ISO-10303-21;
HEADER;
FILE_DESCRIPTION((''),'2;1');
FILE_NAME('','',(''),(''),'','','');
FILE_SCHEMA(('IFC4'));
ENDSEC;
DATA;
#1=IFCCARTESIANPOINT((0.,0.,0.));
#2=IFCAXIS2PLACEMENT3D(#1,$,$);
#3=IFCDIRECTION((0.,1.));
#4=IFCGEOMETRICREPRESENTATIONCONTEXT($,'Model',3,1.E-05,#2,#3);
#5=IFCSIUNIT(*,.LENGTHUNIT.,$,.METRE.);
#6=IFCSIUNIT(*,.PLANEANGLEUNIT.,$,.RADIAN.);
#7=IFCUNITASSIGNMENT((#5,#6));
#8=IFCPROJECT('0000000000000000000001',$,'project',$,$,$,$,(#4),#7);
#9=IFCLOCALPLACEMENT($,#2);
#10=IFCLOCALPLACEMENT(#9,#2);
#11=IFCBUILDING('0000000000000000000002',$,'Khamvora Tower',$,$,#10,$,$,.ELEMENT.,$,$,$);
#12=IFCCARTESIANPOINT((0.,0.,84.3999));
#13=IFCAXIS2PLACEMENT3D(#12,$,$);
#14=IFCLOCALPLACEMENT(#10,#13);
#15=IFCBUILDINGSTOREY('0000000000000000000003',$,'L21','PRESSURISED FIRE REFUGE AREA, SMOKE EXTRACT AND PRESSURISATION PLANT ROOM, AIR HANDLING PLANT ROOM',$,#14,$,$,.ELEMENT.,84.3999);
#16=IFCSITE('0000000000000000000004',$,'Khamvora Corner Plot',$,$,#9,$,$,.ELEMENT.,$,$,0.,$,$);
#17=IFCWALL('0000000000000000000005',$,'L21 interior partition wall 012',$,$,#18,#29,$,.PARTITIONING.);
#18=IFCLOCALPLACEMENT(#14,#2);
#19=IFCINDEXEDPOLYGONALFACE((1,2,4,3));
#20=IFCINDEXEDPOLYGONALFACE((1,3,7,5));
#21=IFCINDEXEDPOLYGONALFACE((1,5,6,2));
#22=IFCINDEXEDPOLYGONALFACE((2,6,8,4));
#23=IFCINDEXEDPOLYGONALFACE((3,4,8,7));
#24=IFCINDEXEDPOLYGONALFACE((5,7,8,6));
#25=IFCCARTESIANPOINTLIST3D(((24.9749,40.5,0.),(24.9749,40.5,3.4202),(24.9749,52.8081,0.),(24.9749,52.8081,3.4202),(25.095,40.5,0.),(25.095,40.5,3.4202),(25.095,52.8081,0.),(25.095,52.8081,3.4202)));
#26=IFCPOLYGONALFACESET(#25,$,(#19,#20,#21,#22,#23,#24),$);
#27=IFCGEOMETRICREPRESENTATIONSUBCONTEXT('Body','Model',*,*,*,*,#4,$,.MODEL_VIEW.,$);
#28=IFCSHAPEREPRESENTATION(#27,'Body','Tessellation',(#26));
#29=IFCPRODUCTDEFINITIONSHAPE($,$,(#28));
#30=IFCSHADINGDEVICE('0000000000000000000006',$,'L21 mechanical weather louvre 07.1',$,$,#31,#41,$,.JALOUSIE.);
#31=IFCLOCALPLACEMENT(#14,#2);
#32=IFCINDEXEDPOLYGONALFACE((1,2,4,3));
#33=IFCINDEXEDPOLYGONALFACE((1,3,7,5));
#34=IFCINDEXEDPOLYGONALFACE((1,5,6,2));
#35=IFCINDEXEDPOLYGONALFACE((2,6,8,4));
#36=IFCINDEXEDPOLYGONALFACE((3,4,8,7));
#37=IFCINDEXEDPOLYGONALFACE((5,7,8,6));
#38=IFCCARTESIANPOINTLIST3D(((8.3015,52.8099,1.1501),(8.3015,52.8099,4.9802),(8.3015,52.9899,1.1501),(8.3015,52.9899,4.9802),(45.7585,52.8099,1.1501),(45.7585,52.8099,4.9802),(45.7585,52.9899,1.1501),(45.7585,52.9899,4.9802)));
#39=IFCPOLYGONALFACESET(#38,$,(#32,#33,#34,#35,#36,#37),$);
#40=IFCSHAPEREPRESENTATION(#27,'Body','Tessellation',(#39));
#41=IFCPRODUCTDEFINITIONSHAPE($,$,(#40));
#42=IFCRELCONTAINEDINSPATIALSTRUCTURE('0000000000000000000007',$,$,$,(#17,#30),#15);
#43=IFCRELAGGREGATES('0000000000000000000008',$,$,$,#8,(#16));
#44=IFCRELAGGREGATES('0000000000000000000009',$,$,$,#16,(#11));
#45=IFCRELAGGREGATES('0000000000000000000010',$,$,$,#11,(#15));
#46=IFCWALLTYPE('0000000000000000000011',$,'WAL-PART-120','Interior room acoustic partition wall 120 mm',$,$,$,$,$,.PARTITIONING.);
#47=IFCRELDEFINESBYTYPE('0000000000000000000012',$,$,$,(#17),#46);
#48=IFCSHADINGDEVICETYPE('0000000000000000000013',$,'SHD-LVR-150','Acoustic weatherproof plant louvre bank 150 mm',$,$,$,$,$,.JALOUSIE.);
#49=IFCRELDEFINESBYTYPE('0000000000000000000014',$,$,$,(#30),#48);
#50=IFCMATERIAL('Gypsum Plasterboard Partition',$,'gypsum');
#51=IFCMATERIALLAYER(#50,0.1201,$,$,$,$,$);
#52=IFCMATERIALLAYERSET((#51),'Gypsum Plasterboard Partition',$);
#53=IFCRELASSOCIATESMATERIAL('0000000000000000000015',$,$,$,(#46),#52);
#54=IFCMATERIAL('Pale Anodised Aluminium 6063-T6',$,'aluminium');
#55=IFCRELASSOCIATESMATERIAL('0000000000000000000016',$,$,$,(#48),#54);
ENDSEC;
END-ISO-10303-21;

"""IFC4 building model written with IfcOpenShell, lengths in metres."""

from ifc_helpers import new_model, si_unit, direction, frame, frame_2d, origin, origin_2d, place, context, subcontext, project, spatial, rectangle, extrude, material, layer, layer_set, type_object, element, save


model = new_model("IFC4")

# Units and contexts
model_context = context("Model", 3, precision=1e-05, world=origin(), true_north=direction((0.0, 1.0)))
body_context = subcontext(model_context, "Body", "Model", "MODEL_VIEW")
ifc_project = project(units=[si_unit("LENGTHUNIT", "METRE"), si_unit("PLANEANGLEUNIT", "RADIAN")], contexts=[model_context])

# Site, building, storey
site_placement = place(None, origin())
site = spatial("IfcSite", under=ifc_project, at=site_placement, Name="Khamvora Corner Plot", CompositionType="ELEMENT", RefElevation=0.0)
building_placement = place(site_placement, origin())
building = spatial("IfcBuilding", under=site, at=building_placement, Name="Khamvora Tower", CompositionType="ELEMENT")
storey_placement = place(building_placement, frame((0.0, 0.0, 84.3999)))
storey = spatial("IfcBuildingStorey", under=building, at=storey_placement, Name="L21", Description="PRESSURISED FIRE REFUGE AREA, SMOKE EXTRACT AND PRESSURISATION PLANT ROOM, AIR HANDLING PLANT ROOM", CompositionType="ELEMENT", Elevation=84.3999)

# Wall
ifc_material_1 = material(Name="Gypsum Plasterboard Partition", Category="gypsum")
ifc_layer_1 = layer(ifc_material_1, 0.1201)
ifc_layer_set_1 = layer_set([ifc_layer_1], Name="Gypsum Plasterboard Partition")
wall_type_1 = type_object("IfcWallType", Name="WAL-PART-120", Description="Interior room acoustic partition wall 120 mm", PredefinedType="PARTITIONING", material=ifc_layer_set_1)
wall_1_placement = place(storey_placement, frame((25.0349, 52.8081, 0.0), z_axis=(0.0, 0.0, 1.0), x_axis=(0.0, -1.0, 0.0)))
element("IfcWall", 1, at=wall_1_placement, inside=storey, type_object=wall_type_1, Name="L21 interior partition wall 012", PredefinedType="PARTITIONING", context=body_context, shape_type="SweptSolid", body=[
    extrude(rectangle(XDim=12.3081, YDim=0.1201, at=frame_2d((6.1541, 0.0))), origin(), (0.0, 0.0, 1.0), 3.4202),
])

# Shading device
ifc_material_2 = material(Name="Pale Anodised Aluminium 6063-T6", Category="aluminium")
shading_device_type = type_object("IfcShadingDeviceType", Name="SHD-LVR-150", Description="Acoustic weatherproof plant louvre bank 150 mm", PredefinedType="JALOUSIE", material=ifc_material_2)
shading_device_placement = place(storey_placement, frame((27.03, 52.8999, 1.1501), z_axis=(0.0, 0.0, 1.0), x_axis=(1.0, 0.0, 0.0)))
element("IfcShadingDevice", 2, at=shading_device_placement, inside=storey, type_object=shading_device_type, Name="L21 mechanical weather louvre 07.1", PredefinedType="JALOUSIE", context=body_context, shape_type="SweptSolid", body=[
    extrude(rectangle(XDim=37.457, YDim=0.1799, at=origin_2d()), origin(), (0.0, 0.0, 1.0), 3.8301),
])

save(model, "model.ifc")
